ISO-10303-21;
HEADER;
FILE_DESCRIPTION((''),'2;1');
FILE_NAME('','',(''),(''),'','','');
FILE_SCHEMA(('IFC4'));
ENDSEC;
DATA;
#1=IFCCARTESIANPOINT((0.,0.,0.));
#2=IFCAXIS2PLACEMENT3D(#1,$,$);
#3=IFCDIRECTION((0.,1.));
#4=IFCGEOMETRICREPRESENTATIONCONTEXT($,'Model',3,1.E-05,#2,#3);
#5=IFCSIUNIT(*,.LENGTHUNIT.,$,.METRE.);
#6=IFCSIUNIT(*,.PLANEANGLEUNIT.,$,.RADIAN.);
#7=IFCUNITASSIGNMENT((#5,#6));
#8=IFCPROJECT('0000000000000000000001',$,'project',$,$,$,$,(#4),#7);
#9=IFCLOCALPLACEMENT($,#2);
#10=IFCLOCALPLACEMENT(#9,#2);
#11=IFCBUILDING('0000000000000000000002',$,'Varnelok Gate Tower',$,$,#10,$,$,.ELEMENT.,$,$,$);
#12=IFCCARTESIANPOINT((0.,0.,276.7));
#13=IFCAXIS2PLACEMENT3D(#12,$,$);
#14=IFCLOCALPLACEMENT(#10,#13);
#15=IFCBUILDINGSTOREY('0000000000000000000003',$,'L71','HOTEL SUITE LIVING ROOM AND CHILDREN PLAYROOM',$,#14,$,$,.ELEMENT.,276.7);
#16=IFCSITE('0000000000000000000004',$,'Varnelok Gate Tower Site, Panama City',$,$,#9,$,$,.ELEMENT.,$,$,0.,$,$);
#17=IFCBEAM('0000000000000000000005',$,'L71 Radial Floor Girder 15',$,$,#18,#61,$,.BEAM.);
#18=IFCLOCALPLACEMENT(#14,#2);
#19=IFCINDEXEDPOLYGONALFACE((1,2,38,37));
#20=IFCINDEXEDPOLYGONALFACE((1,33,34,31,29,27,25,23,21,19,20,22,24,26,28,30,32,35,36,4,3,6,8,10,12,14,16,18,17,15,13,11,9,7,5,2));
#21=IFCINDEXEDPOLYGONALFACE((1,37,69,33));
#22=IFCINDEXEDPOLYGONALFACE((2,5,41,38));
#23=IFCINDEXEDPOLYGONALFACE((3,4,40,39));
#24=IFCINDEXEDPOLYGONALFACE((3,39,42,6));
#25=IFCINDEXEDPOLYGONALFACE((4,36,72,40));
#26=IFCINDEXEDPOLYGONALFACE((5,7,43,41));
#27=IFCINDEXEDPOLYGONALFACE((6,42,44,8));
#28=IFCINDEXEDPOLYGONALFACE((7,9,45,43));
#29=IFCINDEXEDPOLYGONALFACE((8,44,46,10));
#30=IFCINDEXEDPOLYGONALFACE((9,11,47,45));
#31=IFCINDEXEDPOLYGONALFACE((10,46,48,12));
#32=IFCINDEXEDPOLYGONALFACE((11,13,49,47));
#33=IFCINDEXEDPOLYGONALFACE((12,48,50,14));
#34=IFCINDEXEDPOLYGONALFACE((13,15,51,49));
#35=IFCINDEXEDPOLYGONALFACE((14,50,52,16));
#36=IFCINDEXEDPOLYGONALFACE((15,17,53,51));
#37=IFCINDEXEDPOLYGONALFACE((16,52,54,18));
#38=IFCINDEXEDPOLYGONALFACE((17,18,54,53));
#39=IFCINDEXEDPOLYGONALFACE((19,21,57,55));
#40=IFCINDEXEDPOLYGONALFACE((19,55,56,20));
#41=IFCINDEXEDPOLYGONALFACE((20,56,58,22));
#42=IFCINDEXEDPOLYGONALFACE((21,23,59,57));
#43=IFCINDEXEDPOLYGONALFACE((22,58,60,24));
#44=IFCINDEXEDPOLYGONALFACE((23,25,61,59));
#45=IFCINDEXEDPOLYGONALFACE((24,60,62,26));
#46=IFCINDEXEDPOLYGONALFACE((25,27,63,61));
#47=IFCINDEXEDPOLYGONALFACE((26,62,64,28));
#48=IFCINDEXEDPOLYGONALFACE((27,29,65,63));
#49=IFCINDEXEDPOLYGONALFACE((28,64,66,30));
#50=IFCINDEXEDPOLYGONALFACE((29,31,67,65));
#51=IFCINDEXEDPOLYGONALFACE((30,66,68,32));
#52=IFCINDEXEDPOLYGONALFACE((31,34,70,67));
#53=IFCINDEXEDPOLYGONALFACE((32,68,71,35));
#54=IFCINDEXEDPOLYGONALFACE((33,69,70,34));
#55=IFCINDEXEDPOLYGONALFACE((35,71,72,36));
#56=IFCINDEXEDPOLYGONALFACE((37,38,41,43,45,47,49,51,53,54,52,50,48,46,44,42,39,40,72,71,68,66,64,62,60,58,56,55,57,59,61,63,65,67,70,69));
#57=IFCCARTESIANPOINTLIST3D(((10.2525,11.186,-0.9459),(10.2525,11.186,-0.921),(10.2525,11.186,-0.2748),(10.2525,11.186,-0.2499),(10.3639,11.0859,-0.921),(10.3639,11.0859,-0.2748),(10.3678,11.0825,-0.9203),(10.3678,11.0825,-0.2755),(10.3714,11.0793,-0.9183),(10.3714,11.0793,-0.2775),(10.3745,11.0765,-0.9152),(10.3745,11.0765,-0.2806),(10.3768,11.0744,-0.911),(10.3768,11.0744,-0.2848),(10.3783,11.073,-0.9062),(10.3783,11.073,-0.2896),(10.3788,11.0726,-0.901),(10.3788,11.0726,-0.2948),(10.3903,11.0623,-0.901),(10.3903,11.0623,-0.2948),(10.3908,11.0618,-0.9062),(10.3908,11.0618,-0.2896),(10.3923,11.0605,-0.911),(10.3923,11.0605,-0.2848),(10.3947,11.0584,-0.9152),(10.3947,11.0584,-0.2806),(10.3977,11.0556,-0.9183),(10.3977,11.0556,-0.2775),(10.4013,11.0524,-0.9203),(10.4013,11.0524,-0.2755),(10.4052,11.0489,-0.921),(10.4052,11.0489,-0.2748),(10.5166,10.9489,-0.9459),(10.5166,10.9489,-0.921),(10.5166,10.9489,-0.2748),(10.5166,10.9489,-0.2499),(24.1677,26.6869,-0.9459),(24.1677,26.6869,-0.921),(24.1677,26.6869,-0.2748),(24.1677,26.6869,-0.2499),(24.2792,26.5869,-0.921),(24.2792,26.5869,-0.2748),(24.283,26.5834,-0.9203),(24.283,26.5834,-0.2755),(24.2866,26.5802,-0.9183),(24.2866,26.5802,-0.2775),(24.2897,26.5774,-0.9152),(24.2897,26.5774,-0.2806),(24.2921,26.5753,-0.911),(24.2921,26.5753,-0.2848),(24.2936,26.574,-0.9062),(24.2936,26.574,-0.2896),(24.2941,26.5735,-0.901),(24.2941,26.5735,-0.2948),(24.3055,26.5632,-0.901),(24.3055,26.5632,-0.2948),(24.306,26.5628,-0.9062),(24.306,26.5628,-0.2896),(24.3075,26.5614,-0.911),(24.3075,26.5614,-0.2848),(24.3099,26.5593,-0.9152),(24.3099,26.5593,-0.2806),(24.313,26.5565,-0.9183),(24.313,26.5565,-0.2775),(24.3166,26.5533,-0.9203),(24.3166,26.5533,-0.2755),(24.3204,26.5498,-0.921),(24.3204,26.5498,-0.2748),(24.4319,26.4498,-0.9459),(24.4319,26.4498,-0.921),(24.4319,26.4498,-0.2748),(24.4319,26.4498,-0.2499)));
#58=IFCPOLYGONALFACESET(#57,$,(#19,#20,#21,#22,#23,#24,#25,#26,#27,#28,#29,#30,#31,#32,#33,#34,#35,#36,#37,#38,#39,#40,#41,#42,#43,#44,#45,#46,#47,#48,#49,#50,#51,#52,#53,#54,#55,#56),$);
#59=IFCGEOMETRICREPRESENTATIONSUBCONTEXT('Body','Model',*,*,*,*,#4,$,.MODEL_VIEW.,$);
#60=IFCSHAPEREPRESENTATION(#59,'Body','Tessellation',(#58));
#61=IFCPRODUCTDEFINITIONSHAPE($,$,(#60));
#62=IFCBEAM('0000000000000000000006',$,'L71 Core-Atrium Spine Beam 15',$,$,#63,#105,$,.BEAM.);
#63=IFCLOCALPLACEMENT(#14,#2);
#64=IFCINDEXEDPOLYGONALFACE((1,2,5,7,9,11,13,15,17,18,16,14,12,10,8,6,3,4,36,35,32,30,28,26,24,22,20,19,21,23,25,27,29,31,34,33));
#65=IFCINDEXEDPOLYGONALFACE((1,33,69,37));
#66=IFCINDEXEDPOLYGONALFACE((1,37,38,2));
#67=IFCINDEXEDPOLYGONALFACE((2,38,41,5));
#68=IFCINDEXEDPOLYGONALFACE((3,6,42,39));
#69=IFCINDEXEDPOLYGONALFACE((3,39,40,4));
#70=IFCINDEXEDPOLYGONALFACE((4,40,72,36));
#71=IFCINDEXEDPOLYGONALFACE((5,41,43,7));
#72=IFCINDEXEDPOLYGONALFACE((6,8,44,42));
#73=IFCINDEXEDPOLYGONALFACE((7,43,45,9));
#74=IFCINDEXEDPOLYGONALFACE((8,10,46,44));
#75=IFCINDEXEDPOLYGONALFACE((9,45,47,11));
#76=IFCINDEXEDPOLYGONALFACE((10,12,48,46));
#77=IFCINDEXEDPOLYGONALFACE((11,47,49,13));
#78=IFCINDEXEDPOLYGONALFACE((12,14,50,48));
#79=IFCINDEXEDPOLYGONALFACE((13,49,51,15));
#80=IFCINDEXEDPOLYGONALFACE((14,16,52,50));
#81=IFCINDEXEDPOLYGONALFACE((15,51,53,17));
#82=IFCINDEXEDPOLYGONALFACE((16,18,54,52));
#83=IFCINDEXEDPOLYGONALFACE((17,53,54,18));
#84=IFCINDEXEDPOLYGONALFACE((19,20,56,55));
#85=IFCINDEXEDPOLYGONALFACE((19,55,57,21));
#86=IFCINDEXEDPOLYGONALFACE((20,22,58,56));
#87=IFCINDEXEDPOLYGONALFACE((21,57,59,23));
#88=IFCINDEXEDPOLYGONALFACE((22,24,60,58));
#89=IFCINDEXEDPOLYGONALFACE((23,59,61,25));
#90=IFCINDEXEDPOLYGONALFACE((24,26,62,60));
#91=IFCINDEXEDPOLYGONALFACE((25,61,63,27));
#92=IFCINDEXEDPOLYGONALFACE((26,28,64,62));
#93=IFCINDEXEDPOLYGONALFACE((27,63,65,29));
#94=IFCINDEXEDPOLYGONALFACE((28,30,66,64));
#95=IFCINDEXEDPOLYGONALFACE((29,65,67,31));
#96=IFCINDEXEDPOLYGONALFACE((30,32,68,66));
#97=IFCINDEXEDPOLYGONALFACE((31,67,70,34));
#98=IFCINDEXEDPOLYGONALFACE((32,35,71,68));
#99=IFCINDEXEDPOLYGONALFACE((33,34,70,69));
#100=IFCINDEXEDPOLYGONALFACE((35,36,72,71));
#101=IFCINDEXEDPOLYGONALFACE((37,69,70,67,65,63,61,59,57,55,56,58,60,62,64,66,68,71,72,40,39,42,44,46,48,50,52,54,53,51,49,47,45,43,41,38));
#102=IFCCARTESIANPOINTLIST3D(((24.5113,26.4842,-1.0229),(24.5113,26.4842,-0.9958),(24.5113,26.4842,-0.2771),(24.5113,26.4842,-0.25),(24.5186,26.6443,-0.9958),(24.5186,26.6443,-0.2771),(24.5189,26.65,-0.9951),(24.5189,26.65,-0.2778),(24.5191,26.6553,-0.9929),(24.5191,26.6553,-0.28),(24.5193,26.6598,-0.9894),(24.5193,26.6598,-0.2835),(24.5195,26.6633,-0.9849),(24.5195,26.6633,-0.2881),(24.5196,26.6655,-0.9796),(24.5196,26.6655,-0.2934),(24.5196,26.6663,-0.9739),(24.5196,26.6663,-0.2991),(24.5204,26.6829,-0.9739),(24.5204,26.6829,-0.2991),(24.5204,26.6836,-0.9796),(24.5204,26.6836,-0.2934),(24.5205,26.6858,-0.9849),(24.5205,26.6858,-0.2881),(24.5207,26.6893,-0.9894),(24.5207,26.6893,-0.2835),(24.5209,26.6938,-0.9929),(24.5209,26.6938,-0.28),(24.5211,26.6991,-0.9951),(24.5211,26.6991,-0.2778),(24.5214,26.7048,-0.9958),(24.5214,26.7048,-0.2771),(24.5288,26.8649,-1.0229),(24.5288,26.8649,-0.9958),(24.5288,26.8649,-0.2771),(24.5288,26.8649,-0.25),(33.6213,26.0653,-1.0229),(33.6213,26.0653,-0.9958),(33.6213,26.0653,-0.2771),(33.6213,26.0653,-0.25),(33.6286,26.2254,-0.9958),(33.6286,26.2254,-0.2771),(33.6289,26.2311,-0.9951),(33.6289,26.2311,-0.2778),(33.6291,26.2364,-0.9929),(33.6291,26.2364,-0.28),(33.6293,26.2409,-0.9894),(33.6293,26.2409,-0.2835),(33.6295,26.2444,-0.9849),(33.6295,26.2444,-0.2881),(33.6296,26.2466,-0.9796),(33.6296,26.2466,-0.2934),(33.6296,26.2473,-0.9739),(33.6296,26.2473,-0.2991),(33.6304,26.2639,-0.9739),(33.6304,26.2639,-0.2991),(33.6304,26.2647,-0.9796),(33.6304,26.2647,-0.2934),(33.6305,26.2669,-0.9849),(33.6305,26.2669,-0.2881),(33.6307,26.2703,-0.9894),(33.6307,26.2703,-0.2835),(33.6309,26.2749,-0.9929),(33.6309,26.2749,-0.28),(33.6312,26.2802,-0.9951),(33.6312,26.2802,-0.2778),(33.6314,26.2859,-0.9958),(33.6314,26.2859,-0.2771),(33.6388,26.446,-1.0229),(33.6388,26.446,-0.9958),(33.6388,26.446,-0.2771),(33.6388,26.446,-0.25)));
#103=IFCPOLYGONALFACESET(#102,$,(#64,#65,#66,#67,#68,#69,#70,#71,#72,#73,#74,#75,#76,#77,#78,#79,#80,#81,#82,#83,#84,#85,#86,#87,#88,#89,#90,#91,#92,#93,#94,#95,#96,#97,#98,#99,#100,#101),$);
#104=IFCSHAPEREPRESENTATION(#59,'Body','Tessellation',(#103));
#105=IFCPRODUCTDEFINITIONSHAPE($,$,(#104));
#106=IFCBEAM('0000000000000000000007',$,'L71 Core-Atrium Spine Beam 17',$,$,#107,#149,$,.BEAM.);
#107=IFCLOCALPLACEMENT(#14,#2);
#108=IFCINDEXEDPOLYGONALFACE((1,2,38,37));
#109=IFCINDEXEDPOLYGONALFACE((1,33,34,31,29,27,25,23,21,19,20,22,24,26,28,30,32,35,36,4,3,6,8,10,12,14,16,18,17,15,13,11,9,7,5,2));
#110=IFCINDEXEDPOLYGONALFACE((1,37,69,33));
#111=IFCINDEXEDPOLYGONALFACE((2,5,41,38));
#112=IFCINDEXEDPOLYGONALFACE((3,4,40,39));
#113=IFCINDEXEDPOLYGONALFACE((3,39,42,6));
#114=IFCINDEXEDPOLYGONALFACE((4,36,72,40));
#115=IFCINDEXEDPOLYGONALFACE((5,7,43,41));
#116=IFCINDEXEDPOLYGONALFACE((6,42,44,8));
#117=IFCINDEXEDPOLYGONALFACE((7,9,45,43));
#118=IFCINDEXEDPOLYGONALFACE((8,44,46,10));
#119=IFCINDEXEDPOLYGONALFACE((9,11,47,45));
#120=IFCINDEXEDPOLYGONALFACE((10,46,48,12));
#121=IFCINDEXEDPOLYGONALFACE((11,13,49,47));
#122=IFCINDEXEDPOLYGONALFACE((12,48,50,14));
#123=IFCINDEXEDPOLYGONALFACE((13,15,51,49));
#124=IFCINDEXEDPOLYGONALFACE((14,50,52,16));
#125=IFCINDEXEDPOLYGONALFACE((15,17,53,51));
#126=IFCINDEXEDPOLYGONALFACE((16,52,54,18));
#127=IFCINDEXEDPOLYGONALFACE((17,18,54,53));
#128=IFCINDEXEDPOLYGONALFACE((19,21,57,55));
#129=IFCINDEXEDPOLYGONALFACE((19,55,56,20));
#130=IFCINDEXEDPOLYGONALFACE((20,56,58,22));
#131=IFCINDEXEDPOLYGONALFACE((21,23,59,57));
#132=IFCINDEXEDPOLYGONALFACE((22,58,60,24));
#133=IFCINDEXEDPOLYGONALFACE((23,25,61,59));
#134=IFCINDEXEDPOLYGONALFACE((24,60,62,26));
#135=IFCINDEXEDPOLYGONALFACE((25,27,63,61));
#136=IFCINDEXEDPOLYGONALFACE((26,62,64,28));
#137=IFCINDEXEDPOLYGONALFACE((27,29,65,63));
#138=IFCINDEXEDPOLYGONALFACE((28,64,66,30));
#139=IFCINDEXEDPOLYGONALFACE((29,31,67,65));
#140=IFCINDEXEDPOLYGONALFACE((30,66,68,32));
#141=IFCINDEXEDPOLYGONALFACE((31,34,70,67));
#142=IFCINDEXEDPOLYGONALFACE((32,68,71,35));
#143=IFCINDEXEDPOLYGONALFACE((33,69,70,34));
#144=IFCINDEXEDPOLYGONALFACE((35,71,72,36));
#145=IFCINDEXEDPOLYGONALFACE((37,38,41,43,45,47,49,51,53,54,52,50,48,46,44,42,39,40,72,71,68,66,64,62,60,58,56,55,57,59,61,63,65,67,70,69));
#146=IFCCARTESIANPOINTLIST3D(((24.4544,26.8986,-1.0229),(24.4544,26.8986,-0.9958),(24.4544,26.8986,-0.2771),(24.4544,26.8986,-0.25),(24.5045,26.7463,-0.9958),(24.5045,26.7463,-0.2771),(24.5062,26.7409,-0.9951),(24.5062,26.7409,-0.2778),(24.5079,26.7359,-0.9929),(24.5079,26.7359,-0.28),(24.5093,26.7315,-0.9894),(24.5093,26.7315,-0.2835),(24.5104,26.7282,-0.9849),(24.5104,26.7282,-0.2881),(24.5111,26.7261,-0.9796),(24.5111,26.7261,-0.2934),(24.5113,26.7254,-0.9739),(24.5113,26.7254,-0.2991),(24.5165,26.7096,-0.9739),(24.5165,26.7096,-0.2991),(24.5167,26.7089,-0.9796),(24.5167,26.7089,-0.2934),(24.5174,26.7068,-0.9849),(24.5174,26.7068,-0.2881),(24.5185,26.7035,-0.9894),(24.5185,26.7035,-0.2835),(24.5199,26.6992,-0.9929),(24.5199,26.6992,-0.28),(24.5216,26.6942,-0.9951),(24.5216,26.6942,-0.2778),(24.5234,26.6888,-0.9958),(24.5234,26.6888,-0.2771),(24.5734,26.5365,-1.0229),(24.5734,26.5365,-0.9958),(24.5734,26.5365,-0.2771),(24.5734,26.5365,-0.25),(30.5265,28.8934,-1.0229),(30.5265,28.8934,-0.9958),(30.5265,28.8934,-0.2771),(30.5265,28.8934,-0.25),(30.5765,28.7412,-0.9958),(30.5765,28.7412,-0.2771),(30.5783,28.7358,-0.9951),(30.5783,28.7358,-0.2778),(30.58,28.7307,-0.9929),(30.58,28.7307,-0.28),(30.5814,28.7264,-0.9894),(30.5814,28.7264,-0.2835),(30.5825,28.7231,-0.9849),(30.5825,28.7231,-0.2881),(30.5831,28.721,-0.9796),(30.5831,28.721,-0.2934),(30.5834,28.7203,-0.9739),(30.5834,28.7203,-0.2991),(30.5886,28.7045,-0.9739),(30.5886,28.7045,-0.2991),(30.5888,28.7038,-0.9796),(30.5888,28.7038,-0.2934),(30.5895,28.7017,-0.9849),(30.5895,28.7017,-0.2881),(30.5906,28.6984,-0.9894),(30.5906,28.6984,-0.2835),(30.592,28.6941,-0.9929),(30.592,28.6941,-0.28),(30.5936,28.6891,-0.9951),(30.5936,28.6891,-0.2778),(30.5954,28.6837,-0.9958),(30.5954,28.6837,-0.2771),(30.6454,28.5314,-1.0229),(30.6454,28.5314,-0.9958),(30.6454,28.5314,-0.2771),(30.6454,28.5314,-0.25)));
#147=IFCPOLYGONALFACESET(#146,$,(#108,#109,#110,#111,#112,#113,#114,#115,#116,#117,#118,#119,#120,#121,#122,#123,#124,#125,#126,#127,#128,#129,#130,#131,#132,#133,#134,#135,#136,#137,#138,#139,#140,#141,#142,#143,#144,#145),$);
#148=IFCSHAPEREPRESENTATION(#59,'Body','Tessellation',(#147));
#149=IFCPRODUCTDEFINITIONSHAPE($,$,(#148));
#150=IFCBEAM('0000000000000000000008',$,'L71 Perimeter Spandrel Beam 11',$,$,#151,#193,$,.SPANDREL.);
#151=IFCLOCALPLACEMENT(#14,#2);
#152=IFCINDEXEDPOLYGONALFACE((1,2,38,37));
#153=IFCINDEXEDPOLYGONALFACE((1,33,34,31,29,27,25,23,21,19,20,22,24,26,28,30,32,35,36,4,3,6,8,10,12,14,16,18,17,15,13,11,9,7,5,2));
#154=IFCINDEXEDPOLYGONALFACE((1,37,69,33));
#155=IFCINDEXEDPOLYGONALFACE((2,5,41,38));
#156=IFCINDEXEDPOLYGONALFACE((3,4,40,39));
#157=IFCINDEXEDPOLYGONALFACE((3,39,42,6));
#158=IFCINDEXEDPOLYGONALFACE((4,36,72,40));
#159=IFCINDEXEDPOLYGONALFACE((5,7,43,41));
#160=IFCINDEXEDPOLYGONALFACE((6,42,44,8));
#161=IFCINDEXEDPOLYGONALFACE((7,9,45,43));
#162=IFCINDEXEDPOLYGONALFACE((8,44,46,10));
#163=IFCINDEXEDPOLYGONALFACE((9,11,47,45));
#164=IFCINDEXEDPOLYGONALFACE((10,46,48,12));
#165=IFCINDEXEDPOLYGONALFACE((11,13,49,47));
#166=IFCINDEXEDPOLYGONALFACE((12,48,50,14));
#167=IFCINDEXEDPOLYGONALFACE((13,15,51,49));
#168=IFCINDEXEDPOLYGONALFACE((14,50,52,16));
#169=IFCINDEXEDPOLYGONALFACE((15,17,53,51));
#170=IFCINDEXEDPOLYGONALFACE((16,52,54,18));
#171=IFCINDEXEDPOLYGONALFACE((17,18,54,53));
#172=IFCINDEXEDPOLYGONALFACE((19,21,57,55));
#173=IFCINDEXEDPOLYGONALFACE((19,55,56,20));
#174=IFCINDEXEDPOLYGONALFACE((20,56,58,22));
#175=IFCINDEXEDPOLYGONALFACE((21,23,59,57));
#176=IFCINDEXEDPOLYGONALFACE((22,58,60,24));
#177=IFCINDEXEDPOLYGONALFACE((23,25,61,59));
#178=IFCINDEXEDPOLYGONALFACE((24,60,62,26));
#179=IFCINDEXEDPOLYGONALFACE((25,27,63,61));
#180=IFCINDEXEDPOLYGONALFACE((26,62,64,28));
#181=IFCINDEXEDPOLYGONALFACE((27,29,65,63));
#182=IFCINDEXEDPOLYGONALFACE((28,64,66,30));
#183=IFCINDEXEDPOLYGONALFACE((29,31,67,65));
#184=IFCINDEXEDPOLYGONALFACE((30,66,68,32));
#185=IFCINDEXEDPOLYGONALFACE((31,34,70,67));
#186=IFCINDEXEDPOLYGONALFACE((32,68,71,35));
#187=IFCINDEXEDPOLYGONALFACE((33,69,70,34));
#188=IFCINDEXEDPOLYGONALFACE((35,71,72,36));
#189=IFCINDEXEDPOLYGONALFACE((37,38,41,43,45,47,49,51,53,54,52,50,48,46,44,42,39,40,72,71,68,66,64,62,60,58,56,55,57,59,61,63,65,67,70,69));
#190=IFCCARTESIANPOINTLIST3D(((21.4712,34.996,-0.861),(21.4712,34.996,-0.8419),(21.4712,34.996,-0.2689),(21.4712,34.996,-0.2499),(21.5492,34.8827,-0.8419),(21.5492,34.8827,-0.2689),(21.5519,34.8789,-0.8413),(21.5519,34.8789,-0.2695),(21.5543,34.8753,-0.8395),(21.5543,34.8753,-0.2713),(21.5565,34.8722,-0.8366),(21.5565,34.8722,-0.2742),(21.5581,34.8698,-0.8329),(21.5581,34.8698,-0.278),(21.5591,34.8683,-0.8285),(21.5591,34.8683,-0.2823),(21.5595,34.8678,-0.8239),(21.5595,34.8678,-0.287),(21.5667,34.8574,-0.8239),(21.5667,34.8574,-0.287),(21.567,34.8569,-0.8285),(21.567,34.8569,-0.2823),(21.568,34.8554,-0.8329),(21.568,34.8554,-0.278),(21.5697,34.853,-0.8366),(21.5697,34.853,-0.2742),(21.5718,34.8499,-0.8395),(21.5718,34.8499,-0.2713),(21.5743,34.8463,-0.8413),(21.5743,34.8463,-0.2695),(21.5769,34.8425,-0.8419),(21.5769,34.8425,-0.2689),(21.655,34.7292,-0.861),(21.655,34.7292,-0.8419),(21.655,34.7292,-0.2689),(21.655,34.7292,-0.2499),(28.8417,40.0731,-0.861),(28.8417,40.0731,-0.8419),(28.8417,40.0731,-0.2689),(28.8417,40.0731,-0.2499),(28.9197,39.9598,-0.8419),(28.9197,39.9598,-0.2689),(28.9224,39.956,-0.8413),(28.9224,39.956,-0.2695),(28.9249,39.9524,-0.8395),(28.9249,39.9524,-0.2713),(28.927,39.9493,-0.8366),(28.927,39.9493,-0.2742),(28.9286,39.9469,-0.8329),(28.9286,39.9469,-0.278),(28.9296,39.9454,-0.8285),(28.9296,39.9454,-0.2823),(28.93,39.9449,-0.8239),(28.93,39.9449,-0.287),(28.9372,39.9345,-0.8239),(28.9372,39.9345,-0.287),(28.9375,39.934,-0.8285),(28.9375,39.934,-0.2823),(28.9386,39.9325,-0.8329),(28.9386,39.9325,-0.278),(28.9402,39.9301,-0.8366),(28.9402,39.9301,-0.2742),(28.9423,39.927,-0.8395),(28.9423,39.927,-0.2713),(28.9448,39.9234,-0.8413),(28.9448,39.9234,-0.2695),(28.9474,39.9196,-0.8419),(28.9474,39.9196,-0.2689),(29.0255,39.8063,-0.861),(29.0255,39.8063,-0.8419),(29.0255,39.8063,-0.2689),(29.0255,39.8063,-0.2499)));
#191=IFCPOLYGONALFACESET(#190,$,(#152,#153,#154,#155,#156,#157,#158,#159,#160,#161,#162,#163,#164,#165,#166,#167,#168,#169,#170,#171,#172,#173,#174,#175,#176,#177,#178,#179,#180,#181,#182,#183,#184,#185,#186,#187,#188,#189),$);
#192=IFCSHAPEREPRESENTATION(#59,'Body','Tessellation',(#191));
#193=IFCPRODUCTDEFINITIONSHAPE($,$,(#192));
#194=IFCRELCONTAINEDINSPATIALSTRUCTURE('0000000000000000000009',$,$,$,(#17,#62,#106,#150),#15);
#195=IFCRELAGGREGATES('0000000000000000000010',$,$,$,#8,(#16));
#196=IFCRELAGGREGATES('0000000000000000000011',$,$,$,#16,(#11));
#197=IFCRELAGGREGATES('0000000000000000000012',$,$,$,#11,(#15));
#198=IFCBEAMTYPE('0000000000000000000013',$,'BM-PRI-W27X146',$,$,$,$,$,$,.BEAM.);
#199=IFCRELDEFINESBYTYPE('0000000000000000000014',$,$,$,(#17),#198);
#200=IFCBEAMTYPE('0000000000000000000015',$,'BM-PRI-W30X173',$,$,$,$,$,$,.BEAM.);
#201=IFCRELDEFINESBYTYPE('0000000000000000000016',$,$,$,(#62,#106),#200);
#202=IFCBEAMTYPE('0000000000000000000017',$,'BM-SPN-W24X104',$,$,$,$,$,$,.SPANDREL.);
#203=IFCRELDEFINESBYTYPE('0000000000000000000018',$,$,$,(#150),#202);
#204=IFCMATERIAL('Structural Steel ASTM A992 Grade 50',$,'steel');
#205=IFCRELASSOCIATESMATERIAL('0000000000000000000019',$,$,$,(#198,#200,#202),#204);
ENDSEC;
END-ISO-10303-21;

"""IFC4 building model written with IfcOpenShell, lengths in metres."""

from ifc_helpers import new_model, si_unit, direction, frame, origin, origin_2d, place, context, subcontext, project, spatial, i_section, extrude, material, material_profile, profile_set, type_object, element, save


model = new_model("IFC4")

# Units and contexts
model_context = context("Model", 3, precision=1e-05, world=origin(), true_north=direction((0.0, 1.0)))
body_context = subcontext(model_context, "Body", "Model", "MODEL_VIEW")
ifc_project = project(units=[si_unit("LENGTHUNIT", "METRE"), si_unit("PLANEANGLEUNIT", "RADIAN")], contexts=[model_context])

# Site, building, storey
site_placement = place(None, origin())
site = spatial("IfcSite", under=ifc_project, at=site_placement, Name="Varnelok Gate Tower Site, Panama City", CompositionType="ELEMENT", RefElevation=0.0)
building_placement = place(site_placement, origin())
building = spatial("IfcBuilding", under=site, at=building_placement, Name="Varnelok Gate Tower", CompositionType="ELEMENT")
storey_placement = place(building_placement, frame((0.0, 0.0, 276.7)))
storey = spatial("IfcBuildingStorey", under=building, at=storey_placement, Name="L71", Description="HOTEL SUITE LIVING ROOM AND CHILDREN PLAYROOM", CompositionType="ELEMENT", Elevation=276.7)

# Shared definitions
ifc_material_1 = material(Name="Structural Steel ASTM A992 Grade 50", Category="steel")

# Beams
ifc_material_profile_1 = material_profile(ifc_material_1, i_section(OverallWidth=0.355, OverallDepth=0.696, WebThickness=0.0154, FlangeThickness=0.0249, FilletRadius=0.02, at=origin_2d()), Name="W27X146")
ifc_profile_set_1 = profile_set([ifc_material_profile_1], Name="Structural Steel ASTM A992 Grade 50")
beam_type_1 = type_object("IfcBeamType", Name="BM-PRI-W27X146", PredefinedType="BEAM", material=ifc_profile_set_1)
beam_1_placement = place(storey_placement, frame((24.2998, 26.5684, -0.5979), z_axis=(-0.66802, -0.744143, 0.0), x_axis=(0.744143, -0.66802, 0.0)))
element("IfcBeam", 1, at=beam_1_placement, inside=storey, type_object=beam_type_1, Name="L71 Radial Floor Girder 15", PredefinedType="BEAM", context=body_context, shape_type="SweptSolid", body=[
    extrude(i_section(OverallWidth=0.355, OverallDepth=0.696, WebThickness=0.0154, FlangeThickness=0.0249, FilletRadius=0.02, at=origin_2d()), origin(), (0.0, 0.0, 1.0), 20.8306),
])
ifc_material_profile_2 = material_profile(ifc_material_1, i_section(OverallWidth=0.3811, OverallDepth=0.7729, WebThickness=0.0166, FlangeThickness=0.0271, FilletRadius=0.022, at=origin_2d()), Name="W30X173")
ifc_profile_set_2 = profile_set([ifc_material_profile_2], Name="Structural Steel ASTM A992 Grade 50")
beam_type_2 = type_object("IfcBeamType", Name="BM-PRI-W30X173", PredefinedType="BEAM", material=ifc_profile_set_2)
beam_2_placement = place(storey_placement, frame((24.52, 26.6746, -0.6365), z_axis=(0.998944, -0.045938, 0.0), x_axis=(0.045938, 0.998944, 0.0)))
element("IfcBeam", 2, at=beam_2_placement, inside=storey, type_object=beam_type_2, Name="L71 Core-Atrium Spine Beam 15", PredefinedType="BEAM", context=body_context, shape_type="SweptSolid", body=[
    extrude(i_section(OverallWidth=0.3811, OverallDepth=0.7729, WebThickness=0.0166, FlangeThickness=0.0271, FilletRadius=0.022, at=origin_2d()), origin(), (0.0, 0.0, 1.0), 9.1196),
])
beam_3_placement = place(storey_placement, frame((24.5139, 26.7175, -0.6365), z_axis=(0.950042, 0.312122, 0.0), x_axis=(-0.312122, 0.950042, 0.0)))
element("IfcBeam", 3, at=beam_3_placement, inside=storey, type_object=beam_type_2, Name="L71 Core-Atrium Spine Beam 17", PredefinedType="BEAM", context=body_context, shape_type="SweptSolid", body=[
    extrude(i_section(OverallWidth=0.3811, OverallDepth=0.7729, WebThickness=0.0166, FlangeThickness=0.0271, FilletRadius=0.022, at=origin_2d()), origin(), (0.0, 0.0, 1.0), 6.3914),
])
ifc_material_profile_3 = material_profile(ifc_material_1, i_section(OverallWidth=0.324, OverallDepth=0.6111, WebThickness=0.0127, FlangeThickness=0.019, FilletRadius=0.0181, at=origin_2d()), Name="W24X104")
ifc_profile_set_3 = profile_set([ifc_material_profile_3], Name="Structural Steel ASTM A992 Grade 50")
beam_type_3 = type_object("IfcBeamType", Name="BM-SPN-W24X104", PredefinedType="SPANDREL", material=ifc_profile_set_3)
beam_4_placement = place(storey_placement, frame((28.9336, 39.9397, -0.5554), z_axis=(-0.823527, -0.567276, 0.0), x_axis=(0.567276, -0.823527, 0.0)))
element("IfcBeam", 4, at=beam_4_placement, inside=storey, type_object=beam_type_3, Name="L71 Perimeter Spandrel Beam 11", PredefinedType="SPANDREL", context=body_context, shape_type="SweptSolid", body=[
    extrude(i_section(OverallWidth=0.324, OverallDepth=0.6111, WebThickness=0.0127, FlangeThickness=0.019, FilletRadius=0.0181, at=origin_2d()), origin(), (0.0, 0.0, 1.0), 8.95),
])

save(model, "model.ifc")
